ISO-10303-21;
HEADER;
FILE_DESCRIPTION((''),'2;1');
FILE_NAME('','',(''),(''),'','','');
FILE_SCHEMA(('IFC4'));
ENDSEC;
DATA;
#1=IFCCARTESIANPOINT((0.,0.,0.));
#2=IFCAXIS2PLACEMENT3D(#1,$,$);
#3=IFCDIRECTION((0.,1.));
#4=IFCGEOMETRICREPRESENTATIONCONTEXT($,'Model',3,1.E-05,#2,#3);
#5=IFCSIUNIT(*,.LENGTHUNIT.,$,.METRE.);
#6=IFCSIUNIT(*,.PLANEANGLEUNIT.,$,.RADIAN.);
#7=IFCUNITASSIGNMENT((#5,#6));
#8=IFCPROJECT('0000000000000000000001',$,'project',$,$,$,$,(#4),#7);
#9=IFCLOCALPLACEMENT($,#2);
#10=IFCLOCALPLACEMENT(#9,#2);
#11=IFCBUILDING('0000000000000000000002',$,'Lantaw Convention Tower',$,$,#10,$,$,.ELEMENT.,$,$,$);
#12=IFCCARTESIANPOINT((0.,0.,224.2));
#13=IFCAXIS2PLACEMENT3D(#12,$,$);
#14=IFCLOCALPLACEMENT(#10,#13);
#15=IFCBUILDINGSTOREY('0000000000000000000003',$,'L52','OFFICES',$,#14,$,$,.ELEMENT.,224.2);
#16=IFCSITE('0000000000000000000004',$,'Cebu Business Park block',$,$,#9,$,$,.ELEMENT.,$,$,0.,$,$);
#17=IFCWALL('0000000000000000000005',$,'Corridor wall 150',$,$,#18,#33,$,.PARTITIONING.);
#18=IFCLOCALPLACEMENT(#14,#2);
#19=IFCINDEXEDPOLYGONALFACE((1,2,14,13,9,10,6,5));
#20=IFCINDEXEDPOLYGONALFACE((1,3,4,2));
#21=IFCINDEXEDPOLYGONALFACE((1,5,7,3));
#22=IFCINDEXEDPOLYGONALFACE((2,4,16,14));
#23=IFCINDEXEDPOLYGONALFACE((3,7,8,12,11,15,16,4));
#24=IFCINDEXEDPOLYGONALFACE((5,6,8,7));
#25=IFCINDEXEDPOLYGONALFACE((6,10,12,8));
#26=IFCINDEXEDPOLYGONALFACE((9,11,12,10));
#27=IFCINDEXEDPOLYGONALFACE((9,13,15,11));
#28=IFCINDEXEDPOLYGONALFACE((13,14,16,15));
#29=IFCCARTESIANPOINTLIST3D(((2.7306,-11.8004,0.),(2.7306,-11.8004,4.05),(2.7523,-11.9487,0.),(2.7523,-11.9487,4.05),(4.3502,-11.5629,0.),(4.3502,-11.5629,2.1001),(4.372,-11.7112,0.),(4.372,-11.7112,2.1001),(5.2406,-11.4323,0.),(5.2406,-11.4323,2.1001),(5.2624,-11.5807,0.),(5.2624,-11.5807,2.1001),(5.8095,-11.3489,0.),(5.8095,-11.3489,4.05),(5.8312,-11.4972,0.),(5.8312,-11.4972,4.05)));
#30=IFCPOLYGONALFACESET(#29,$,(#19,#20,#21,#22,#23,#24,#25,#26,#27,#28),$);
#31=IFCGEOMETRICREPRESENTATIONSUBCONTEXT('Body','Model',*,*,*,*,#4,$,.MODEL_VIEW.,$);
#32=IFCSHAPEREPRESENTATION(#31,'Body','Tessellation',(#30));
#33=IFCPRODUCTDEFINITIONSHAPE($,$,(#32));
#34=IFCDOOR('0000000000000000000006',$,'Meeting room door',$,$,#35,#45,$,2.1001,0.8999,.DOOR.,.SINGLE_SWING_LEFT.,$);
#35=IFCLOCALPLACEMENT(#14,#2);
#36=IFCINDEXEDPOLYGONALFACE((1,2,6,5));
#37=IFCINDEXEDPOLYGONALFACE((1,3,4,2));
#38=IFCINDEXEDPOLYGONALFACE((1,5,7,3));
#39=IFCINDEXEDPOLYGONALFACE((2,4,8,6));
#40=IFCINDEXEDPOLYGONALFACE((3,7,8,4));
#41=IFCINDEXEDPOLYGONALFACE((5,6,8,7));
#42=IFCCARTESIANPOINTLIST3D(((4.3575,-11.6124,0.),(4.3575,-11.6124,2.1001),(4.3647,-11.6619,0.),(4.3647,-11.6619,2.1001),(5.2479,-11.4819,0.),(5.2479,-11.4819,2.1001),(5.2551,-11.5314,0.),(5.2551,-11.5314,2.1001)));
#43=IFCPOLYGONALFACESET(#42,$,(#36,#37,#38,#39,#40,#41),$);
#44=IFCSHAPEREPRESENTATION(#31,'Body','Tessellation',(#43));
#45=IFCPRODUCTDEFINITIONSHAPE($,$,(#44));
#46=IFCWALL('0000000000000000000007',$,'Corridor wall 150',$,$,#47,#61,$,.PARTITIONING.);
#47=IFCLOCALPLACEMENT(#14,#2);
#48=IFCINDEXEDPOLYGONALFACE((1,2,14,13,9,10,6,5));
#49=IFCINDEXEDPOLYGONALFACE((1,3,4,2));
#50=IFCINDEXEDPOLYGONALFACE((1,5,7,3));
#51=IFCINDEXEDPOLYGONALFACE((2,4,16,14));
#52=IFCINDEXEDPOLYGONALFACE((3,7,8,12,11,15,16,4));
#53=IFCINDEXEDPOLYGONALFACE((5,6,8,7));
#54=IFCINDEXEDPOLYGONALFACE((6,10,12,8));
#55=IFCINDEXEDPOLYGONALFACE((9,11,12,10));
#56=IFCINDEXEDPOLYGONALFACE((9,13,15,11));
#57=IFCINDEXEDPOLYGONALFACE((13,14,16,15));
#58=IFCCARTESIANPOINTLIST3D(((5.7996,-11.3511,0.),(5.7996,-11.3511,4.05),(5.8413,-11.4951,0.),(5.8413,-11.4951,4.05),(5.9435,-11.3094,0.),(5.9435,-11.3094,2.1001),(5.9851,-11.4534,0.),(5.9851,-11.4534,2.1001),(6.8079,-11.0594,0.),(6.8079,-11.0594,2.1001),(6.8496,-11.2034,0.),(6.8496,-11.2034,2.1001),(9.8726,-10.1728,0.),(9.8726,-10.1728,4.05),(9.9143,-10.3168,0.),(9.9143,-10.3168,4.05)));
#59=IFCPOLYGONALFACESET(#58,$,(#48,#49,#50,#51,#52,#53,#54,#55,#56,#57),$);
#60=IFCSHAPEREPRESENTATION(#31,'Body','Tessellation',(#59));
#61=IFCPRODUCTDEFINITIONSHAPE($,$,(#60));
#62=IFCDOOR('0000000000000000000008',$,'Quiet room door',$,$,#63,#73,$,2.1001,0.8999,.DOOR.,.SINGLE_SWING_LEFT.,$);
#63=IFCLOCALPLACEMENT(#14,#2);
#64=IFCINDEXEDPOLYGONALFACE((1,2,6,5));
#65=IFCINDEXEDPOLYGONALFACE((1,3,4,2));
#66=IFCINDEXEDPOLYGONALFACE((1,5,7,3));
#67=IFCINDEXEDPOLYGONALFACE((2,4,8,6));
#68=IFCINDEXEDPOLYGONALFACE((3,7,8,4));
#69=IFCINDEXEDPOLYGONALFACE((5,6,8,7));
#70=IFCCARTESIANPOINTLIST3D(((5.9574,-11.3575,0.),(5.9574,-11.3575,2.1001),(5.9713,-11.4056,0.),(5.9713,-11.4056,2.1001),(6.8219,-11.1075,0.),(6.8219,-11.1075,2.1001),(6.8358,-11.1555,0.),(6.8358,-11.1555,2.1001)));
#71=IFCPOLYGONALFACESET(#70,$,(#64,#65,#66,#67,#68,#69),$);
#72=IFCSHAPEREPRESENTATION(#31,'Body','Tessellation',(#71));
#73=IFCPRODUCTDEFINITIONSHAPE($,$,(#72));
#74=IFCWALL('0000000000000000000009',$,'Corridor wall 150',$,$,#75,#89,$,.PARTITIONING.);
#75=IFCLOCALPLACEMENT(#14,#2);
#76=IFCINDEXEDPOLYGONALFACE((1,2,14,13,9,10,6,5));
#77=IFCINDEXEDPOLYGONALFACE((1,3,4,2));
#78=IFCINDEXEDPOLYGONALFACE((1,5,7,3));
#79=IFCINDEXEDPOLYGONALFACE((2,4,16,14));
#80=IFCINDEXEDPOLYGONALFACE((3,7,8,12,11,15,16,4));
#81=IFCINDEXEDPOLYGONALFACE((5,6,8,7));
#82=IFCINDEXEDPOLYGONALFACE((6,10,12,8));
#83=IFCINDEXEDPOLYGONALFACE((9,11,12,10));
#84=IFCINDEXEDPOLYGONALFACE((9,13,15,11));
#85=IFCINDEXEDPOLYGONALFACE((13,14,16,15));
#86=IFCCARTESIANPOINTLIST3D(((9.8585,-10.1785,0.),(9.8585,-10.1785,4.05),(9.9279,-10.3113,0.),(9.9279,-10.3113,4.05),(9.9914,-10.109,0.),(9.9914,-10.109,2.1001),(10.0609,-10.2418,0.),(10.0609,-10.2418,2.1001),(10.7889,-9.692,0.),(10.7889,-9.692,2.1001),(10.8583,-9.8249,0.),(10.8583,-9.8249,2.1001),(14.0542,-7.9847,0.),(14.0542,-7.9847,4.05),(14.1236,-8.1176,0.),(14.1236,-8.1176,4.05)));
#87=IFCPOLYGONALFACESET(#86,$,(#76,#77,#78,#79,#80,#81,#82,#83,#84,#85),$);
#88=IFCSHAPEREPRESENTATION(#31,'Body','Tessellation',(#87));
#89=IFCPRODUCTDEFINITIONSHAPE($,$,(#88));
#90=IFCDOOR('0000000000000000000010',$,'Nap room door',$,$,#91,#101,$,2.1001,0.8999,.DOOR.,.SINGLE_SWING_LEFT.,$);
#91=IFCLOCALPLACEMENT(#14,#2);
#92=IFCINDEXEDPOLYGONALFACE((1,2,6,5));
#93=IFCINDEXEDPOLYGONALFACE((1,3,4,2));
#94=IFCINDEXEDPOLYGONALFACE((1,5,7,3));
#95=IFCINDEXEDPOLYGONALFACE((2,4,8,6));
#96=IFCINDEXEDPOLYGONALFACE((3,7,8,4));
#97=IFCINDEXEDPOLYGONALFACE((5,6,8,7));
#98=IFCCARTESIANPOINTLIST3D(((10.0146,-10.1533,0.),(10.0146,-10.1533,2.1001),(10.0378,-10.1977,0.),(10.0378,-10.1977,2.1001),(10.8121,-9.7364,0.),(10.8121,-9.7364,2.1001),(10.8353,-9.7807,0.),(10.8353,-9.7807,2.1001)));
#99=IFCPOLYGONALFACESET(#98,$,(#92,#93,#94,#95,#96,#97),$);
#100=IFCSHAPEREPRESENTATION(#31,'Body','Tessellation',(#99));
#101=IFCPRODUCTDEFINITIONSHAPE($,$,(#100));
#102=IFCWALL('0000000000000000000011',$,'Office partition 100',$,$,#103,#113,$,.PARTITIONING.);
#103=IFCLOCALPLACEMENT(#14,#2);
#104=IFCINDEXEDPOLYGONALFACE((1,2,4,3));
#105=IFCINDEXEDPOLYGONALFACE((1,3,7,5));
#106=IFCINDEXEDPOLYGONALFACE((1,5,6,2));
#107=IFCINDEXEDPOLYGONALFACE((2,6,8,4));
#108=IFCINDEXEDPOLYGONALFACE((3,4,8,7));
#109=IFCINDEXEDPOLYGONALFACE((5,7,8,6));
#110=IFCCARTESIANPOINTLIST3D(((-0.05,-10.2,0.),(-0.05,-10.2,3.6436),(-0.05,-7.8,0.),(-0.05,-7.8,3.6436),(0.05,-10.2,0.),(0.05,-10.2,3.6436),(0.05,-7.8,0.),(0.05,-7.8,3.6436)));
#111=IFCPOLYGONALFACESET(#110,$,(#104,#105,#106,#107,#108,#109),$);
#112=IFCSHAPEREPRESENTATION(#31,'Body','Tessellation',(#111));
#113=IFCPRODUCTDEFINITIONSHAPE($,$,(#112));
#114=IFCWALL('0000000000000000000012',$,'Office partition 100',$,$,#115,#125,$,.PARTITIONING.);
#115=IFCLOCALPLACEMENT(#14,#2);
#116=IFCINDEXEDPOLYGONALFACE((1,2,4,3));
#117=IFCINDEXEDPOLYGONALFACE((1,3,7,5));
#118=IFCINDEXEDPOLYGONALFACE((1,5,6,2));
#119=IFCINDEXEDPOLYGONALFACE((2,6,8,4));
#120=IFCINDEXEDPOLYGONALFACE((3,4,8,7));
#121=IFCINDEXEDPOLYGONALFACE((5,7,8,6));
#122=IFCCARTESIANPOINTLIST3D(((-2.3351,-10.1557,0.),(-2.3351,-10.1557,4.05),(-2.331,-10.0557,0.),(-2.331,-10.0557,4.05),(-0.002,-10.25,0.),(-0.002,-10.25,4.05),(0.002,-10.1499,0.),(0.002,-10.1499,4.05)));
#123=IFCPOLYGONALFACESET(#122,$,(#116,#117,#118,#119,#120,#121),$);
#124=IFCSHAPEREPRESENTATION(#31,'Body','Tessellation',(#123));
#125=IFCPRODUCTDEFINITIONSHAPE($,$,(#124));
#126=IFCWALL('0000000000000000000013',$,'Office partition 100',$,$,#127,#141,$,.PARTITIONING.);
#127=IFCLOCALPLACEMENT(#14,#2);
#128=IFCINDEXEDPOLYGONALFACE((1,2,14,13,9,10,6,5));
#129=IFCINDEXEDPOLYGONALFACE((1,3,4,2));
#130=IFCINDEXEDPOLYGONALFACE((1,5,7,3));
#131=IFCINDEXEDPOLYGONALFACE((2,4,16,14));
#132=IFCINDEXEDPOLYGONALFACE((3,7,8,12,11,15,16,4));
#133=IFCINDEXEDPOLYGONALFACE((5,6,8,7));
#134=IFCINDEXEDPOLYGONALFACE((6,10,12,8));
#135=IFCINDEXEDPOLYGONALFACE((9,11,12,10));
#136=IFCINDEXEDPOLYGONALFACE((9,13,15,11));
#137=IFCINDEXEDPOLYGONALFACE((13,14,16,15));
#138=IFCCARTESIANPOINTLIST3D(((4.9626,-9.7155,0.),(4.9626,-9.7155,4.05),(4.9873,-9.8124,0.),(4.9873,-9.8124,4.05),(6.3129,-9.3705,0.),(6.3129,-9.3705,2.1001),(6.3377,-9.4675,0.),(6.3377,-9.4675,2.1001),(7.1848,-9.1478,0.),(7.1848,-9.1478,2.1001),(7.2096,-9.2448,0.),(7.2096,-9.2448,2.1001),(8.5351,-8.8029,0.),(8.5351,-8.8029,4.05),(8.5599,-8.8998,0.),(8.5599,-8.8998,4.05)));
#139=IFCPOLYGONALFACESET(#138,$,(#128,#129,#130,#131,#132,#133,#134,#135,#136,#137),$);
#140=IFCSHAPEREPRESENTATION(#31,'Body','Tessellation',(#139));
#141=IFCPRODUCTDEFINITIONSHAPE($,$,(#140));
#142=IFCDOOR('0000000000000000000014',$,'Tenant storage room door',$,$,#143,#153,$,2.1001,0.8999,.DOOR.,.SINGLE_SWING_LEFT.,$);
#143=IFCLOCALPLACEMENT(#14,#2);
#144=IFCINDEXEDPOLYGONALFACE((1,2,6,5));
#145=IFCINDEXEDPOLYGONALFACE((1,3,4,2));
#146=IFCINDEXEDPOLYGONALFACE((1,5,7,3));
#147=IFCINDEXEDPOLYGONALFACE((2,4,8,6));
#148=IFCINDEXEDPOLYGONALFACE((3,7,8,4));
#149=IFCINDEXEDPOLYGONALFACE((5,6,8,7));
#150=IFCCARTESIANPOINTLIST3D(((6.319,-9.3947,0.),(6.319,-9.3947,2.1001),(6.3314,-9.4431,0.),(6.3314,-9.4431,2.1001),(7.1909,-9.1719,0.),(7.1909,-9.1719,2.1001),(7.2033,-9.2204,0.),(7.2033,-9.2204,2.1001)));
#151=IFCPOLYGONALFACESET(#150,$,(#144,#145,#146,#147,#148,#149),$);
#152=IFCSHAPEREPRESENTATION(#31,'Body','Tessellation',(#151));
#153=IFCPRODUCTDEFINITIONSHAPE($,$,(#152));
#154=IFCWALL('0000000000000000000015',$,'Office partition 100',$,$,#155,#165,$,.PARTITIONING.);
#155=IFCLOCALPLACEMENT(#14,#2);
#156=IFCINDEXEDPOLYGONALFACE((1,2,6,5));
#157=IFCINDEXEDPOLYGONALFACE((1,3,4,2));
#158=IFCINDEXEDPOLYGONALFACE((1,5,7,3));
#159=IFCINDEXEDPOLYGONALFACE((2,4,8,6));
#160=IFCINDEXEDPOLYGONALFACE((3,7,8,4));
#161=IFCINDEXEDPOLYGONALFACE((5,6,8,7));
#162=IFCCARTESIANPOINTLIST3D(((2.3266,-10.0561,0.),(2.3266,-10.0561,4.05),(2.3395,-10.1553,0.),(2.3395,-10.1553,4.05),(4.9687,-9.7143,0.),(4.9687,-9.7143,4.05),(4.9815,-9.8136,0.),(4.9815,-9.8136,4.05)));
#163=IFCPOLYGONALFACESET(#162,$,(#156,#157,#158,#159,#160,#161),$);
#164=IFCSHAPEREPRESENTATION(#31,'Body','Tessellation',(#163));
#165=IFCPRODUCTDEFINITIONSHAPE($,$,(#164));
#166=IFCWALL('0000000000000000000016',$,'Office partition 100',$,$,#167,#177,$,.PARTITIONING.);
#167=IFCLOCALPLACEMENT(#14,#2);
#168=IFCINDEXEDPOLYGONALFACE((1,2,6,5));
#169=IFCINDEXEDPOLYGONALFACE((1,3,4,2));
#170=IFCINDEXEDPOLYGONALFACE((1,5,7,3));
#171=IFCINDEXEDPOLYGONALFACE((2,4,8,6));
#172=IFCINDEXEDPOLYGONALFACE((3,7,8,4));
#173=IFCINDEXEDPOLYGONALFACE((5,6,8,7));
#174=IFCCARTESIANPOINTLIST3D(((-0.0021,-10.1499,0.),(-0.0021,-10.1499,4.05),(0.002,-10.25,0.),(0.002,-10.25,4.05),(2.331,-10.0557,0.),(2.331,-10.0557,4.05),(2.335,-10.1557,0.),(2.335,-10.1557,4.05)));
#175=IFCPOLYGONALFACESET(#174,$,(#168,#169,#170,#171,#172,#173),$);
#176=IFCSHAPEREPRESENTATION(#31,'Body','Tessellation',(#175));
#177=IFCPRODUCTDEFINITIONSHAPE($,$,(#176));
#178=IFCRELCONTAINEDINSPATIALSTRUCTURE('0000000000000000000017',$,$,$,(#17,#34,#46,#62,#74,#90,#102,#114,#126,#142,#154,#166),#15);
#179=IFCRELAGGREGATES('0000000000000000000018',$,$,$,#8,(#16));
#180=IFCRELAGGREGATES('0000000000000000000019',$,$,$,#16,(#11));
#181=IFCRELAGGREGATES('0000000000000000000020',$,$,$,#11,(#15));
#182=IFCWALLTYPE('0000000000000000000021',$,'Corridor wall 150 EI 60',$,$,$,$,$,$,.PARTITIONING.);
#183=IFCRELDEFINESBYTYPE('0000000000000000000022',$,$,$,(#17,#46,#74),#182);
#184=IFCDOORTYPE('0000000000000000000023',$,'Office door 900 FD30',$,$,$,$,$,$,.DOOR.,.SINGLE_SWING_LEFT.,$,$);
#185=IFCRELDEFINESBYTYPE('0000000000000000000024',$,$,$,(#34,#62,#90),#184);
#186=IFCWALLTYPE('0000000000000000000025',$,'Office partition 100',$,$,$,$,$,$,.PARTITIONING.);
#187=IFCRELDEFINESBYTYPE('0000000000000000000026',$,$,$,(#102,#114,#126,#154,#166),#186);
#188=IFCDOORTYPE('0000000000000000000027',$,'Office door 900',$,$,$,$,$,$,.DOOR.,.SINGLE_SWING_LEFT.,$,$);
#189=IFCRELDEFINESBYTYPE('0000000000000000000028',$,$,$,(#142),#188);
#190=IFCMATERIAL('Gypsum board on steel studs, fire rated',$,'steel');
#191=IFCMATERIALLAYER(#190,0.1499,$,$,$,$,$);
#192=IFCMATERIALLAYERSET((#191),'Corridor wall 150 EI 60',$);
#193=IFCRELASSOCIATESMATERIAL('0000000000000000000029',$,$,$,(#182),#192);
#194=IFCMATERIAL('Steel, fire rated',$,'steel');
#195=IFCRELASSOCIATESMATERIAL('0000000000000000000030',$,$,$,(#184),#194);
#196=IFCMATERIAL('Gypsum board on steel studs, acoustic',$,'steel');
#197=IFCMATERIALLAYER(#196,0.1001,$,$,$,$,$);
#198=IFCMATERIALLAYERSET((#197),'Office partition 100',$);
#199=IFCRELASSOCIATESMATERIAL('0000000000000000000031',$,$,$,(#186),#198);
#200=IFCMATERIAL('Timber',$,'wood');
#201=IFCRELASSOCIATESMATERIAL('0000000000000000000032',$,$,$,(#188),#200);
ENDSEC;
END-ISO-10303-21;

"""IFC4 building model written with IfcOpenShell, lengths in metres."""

from ifc_helpers import new_model, si_unit, direction, frame, frame_2d, origin, place, context, subcontext, project, spatial, rectangle, extrude, material, layer, layer_set, type_object, element, fill, save


model = new_model("IFC4")

# Units and contexts
model_context = context("Model", 3, precision=1e-05, world=origin(), true_north=direction((0.0, 1.0)))
body_context = subcontext(model_context, "Body", "Model", "MODEL_VIEW")
ifc_project = project(units=[si_unit("LENGTHUNIT", "METRE"), si_unit("PLANEANGLEUNIT", "RADIAN")], contexts=[model_context])

# Site, building, storey
site_placement = place(None, origin())
site = spatial("IfcSite", under=ifc_project, at=site_placement, Name="Cebu Business Park block", CompositionType="ELEMENT", RefElevation=0.0)
building_placement = place(site_placement, origin())
building = spatial("IfcBuilding", under=site, at=building_placement, Name="Lantaw Convention Tower", CompositionType="ELEMENT")
storey_placement = place(building_placement, frame((0.0, 0.0, 224.2)))
storey = spatial("IfcBuildingStorey", under=building, at=storey_placement, Name="L52", Description="OFFICES", CompositionType="ELEMENT", Elevation=224.2)

# Walls, openings, doors
ifc_material_1 = material(Name="Steel, fire rated", Category="steel")
ifc_material_2 = material(Name="Gypsum board on steel studs, fire rated", Category="steel")
ifc_layer_1 = layer(ifc_material_2, 0.1499)
ifc_layer_set_1 = layer_set([ifc_layer_1], Name="Corridor wall 150 EI 60")
wall_type_1 = type_object("IfcWallType", Name="Corridor wall 150 EI 60", PredefinedType="PARTITIONING", material=ifc_layer_set_1)
door_type_1 = type_object("IfcDoorType", Name="Office door 900 FD30", OperationType="SINGLE_SWING_LEFT", PredefinedType="DOOR", material=ifc_material_1)
wall_1_placement = place(storey_placement, frame((2.7415, -11.8745, 0.0), z_axis=(0.0, 0.0, 1.0), x_axis=(0.989422, 0.145067, 0.0)))
wall_1 = element("IfcWall", 1, at=wall_1_placement, inside=storey, type_object=wall_type_1, Name="Corridor wall 150", PredefinedType="PARTITIONING", context=body_context, shape_type="SweptSolid", body=[
    extrude(rectangle(XDim=3.1118, YDim=0.1499, at=frame_2d((1.5559, 0.0))), origin(), (0.0, 0.0, 1.0), 4.05),
])
opening_1_placement = place(wall_1_placement, frame((1.637, 0.0, 0.0)))
opening_1 = element("IfcOpeningElement", 2, at=opening_1_placement, cuts=wall_1, PredefinedType="OPENING", context=body_context, shape_type="SweptSolid", body=[
    extrude(rectangle(XDim=0.8999, YDim=2.1001, at=frame_2d((0.45, 1.05))), frame((0.0, 0.085, 0.0), z_axis=(0.0, -1.0, 0.0), x_axis=(1.0, 0.0, 0.0)), (0.0, 0.0, 1.0), 0.1699),
])
door_1_placement = place(opening_1_placement, origin())
door_1 = element("IfcDoor", 3, at=door_1_placement, inside=storey, type_object=door_type_1, Name="Meeting room door", OperationType="SINGLE_SWING_LEFT", OverallHeight=2.1001, OverallWidth=0.8999, PredefinedType="DOOR", context=body_context, shape_type="SweptSolid", body=[
    extrude(rectangle(XDim=0.8999, YDim=2.1001, at=frame_2d((0.45, 1.05))), frame((0.0, 0.0249, 0.0), z_axis=(0.0, -1.0, 0.0), x_axis=(1.0, 0.0, 0.0)), (0.0, 0.0, 1.0), 0.05),
])
fill(opening_1, door_1)
wall_2_placement = place(storey_placement, frame((5.8203, -11.4231, 0.0), z_axis=(0.0, 0.0, 1.0), x_axis=(0.960615, 0.277883, 0.0)))
wall_2 = element("IfcWall", 4, at=wall_2_placement, inside=storey, type_object=wall_type_1, Name="Corridor wall 150", PredefinedType="PARTITIONING", context=body_context, shape_type="SweptSolid", body=[
    extrude(rectangle(XDim=4.24, YDim=0.1499, at=frame_2d((2.1201, 0.0))), origin(), (0.0, 0.0, 1.0), 4.05),
])
opening_2_placement = place(wall_2_placement, frame((0.1499, 0.0, 0.0)))
opening_2 = element("IfcOpeningElement", 5, at=opening_2_placement, cuts=wall_2, PredefinedType="OPENING", context=body_context, shape_type="SweptSolid", body=[
    extrude(rectangle(XDim=0.8999, YDim=2.1001, at=frame_2d((0.45, 1.05))), frame((0.0, 0.085, 0.0), z_axis=(0.0, -1.0, 0.0), x_axis=(1.0, 0.0, 0.0)), (0.0, 0.0, 1.0), 0.1699),
])
door_2_placement = place(opening_2_placement, origin())
door_2 = element("IfcDoor", 6, at=door_2_placement, inside=storey, type_object=door_type_1, Name="Quiet room door", OperationType="SINGLE_SWING_LEFT", OverallHeight=2.1001, OverallWidth=0.8999, PredefinedType="DOOR", context=body_context, shape_type="SweptSolid", body=[
    extrude(rectangle(XDim=0.8999, YDim=2.1001, at=frame_2d((0.45, 1.05))), frame((0.0, 0.0249, 0.0), z_axis=(0.0, -1.0, 0.0), x_axis=(1.0, 0.0, 0.0)), (0.0, 0.0, 1.0), 0.05),
])
fill(opening_2, door_2)
wall_3_placement = place(storey_placement, frame((9.8933, -10.2449, 0.0), z_axis=(0.0, 0.0, 1.0), x_axis=(0.886174, 0.463352, 0.0)))
wall_3 = element("IfcWall", 7, at=wall_3_placement, inside=storey, type_object=wall_type_1, Name="Corridor wall 150", PredefinedType="PARTITIONING", context=body_context, shape_type="SweptSolid", body=[
    extrude(rectangle(XDim=4.7346, YDim=0.1499, at=frame_2d((2.3672, 0.0))), origin(), (0.0, 0.0, 1.0), 4.05),
])
opening_3_placement = place(wall_3_placement, frame((0.1499, 0.0, 0.0)))
opening_3 = element("IfcOpeningElement", 8, at=opening_3_placement, cuts=wall_3, PredefinedType="OPENING", context=body_context, shape_type="SweptSolid", body=[
    extrude(rectangle(XDim=0.8999, YDim=2.1001, at=frame_2d((0.45, 1.05))), frame((0.0, 0.085, 0.0), z_axis=(0.0, -1.0, 0.0), x_axis=(1.0, 0.0, 0.0)), (0.0, 0.0, 1.0), 0.1699),
])
door_3_placement = place(opening_3_placement, origin())
door_3 = element("IfcDoor", 9, at=door_3_placement, inside=storey, type_object=door_type_1, Name="Nap room door", OperationType="SINGLE_SWING_LEFT", OverallHeight=2.1001, OverallWidth=0.8999, PredefinedType="DOOR", context=body_context, shape_type="SweptSolid", body=[
    extrude(rectangle(XDim=0.8999, YDim=2.1001, at=frame_2d((0.45, 1.05))), frame((0.0, 0.0249, 0.0), z_axis=(0.0, -1.0, 0.0), x_axis=(1.0, 0.0, 0.0)), (0.0, 0.0, 1.0), 0.05),
])
fill(opening_3, door_3)

# Walls
ifc_material_3 = material(Name="Gypsum board on steel studs, acoustic", Category="steel")
ifc_layer_2 = layer(ifc_material_3, 0.1001)
ifc_layer_set_2 = layer_set([ifc_layer_2], Name="Office partition 100")
wall_type_2 = type_object("IfcWallType", Name="Office partition 100", PredefinedType="PARTITIONING", material=ifc_layer_set_2)
wall_4_placement = place(storey_placement, frame((0.0, -7.8, 0.0), z_axis=(0.0, 0.0, 1.0), x_axis=(0.0, -1.0, 0.0)))
element("IfcWall", 10, at=wall_4_placement, inside=storey, type_object=wall_type_2, Name="Office partition 100", PredefinedType="PARTITIONING", context=body_context, shape_type="SweptSolid", body=[
    extrude(rectangle(XDim=2.3999, YDim=0.1001, at=frame_2d((1.2, 0.0))), origin(), (0.0, 0.0, 1.0), 3.6436),
])
wall_5_placement = place(storey_placement, frame((0.0, -10.2, 0.0), z_axis=(0.0, 0.0, 1.0), x_axis=(-0.999185, 0.040361, 0.0)))
element("IfcWall", 11, at=wall_5_placement, inside=storey, type_object=wall_type_2, Name="Office partition 100", PredefinedType="PARTITIONING", context=body_context, shape_type="SweptSolid", body=[
    extrude(rectangle(XDim=2.335, YDim=0.1001, at=frame_2d((1.1675, 0.0))), origin(), (0.0, 0.0, 1.0), 4.05),
])

# Wall, opening, door
wall_6_placement = place(storey_placement, frame((8.5476, -8.8513, 0.0), z_axis=(0.0, 0.0, 1.0), x_axis=(-0.968887, -0.247502, 0.0)))
wall_6 = element("IfcWall", 12, at=wall_6_placement, inside=storey, type_object=wall_type_2, Name="Office partition 100", PredefinedType="PARTITIONING", context=body_context, shape_type="SweptSolid", body=[
    extrude(rectangle(XDim=3.6873, YDim=0.1001, at=frame_2d((1.8438, 0.0))), origin(), (0.0, 0.0, 1.0), 4.05),
])
opening_4_placement = place(wall_6_placement, frame((1.3938, 0.0, 0.0)))
opening_4 = element("IfcOpeningElement", 13, at=opening_4_placement, cuts=wall_6, PredefinedType="OPENING", context=body_context, shape_type="SweptSolid", body=[
    extrude(rectangle(XDim=0.8999, YDim=2.1001, at=frame_2d((0.45, 1.05))), frame((0.0, 0.0601, 0.0), z_axis=(0.0, -1.0, 0.0), x_axis=(1.0, 0.0, 0.0)), (0.0, 0.0, 1.0), 0.1201),
])
ifc_material_4 = material(Name="Timber", Category="wood")
door_type_2 = type_object("IfcDoorType", Name="Office door 900", OperationType="SINGLE_SWING_LEFT", PredefinedType="DOOR", material=ifc_material_4)
door_4_placement = place(opening_4_placement, origin())
door_4 = element("IfcDoor", 14, at=door_4_placement, inside=storey, type_object=door_type_2, Name="Tenant storage room door", OperationType="SINGLE_SWING_LEFT", OverallHeight=2.1001, OverallWidth=0.8999, PredefinedType="DOOR", context=body_context, shape_type="SweptSolid", body=[
    extrude(rectangle(XDim=0.8999, YDim=2.1001, at=frame_2d((0.45, 1.05))), frame((0.0, 0.0249, 0.0), z_axis=(0.0, -1.0, 0.0), x_axis=(1.0, 0.0, 0.0)), (0.0, 0.0, 1.0), 0.05),
])
fill(opening_4, door_4)

# Walls
wall_7_placement = place(storey_placement, frame((4.9751, -9.7639, 0.0), z_axis=(0.0, 0.0, 1.0), x_axis=(-0.991736, -0.128297, 0.0)))
element("IfcWall", 15, at=wall_7_placement, inside=storey, type_object=wall_type_2, Name="Office partition 100", PredefinedType="PARTITIONING", context=body_context, shape_type="SweptSolid", body=[
    extrude(rectangle(XDim=2.6641, YDim=0.1001, at=frame_2d((1.332, 0.0))), origin(), (0.0, 0.0, 1.0), 4.05),
])
wall_8_placement = place(storey_placement, frame((2.333, -10.1057, 0.0), z_axis=(0.0, 0.0, 1.0), x_axis=(-0.999185, -0.040361, 0.0)))
element("IfcWall", 16, at=wall_8_placement, inside=storey, type_object=wall_type_2, Name="Office partition 100", PredefinedType="PARTITIONING", context=body_context, shape_type="SweptSolid", body=[
    extrude(rectangle(XDim=2.335, YDim=0.1001, at=frame_2d((1.1675, 0.0))), origin(), (0.0, 0.0, 1.0), 4.05),
])

save(model, "model.ifc")
